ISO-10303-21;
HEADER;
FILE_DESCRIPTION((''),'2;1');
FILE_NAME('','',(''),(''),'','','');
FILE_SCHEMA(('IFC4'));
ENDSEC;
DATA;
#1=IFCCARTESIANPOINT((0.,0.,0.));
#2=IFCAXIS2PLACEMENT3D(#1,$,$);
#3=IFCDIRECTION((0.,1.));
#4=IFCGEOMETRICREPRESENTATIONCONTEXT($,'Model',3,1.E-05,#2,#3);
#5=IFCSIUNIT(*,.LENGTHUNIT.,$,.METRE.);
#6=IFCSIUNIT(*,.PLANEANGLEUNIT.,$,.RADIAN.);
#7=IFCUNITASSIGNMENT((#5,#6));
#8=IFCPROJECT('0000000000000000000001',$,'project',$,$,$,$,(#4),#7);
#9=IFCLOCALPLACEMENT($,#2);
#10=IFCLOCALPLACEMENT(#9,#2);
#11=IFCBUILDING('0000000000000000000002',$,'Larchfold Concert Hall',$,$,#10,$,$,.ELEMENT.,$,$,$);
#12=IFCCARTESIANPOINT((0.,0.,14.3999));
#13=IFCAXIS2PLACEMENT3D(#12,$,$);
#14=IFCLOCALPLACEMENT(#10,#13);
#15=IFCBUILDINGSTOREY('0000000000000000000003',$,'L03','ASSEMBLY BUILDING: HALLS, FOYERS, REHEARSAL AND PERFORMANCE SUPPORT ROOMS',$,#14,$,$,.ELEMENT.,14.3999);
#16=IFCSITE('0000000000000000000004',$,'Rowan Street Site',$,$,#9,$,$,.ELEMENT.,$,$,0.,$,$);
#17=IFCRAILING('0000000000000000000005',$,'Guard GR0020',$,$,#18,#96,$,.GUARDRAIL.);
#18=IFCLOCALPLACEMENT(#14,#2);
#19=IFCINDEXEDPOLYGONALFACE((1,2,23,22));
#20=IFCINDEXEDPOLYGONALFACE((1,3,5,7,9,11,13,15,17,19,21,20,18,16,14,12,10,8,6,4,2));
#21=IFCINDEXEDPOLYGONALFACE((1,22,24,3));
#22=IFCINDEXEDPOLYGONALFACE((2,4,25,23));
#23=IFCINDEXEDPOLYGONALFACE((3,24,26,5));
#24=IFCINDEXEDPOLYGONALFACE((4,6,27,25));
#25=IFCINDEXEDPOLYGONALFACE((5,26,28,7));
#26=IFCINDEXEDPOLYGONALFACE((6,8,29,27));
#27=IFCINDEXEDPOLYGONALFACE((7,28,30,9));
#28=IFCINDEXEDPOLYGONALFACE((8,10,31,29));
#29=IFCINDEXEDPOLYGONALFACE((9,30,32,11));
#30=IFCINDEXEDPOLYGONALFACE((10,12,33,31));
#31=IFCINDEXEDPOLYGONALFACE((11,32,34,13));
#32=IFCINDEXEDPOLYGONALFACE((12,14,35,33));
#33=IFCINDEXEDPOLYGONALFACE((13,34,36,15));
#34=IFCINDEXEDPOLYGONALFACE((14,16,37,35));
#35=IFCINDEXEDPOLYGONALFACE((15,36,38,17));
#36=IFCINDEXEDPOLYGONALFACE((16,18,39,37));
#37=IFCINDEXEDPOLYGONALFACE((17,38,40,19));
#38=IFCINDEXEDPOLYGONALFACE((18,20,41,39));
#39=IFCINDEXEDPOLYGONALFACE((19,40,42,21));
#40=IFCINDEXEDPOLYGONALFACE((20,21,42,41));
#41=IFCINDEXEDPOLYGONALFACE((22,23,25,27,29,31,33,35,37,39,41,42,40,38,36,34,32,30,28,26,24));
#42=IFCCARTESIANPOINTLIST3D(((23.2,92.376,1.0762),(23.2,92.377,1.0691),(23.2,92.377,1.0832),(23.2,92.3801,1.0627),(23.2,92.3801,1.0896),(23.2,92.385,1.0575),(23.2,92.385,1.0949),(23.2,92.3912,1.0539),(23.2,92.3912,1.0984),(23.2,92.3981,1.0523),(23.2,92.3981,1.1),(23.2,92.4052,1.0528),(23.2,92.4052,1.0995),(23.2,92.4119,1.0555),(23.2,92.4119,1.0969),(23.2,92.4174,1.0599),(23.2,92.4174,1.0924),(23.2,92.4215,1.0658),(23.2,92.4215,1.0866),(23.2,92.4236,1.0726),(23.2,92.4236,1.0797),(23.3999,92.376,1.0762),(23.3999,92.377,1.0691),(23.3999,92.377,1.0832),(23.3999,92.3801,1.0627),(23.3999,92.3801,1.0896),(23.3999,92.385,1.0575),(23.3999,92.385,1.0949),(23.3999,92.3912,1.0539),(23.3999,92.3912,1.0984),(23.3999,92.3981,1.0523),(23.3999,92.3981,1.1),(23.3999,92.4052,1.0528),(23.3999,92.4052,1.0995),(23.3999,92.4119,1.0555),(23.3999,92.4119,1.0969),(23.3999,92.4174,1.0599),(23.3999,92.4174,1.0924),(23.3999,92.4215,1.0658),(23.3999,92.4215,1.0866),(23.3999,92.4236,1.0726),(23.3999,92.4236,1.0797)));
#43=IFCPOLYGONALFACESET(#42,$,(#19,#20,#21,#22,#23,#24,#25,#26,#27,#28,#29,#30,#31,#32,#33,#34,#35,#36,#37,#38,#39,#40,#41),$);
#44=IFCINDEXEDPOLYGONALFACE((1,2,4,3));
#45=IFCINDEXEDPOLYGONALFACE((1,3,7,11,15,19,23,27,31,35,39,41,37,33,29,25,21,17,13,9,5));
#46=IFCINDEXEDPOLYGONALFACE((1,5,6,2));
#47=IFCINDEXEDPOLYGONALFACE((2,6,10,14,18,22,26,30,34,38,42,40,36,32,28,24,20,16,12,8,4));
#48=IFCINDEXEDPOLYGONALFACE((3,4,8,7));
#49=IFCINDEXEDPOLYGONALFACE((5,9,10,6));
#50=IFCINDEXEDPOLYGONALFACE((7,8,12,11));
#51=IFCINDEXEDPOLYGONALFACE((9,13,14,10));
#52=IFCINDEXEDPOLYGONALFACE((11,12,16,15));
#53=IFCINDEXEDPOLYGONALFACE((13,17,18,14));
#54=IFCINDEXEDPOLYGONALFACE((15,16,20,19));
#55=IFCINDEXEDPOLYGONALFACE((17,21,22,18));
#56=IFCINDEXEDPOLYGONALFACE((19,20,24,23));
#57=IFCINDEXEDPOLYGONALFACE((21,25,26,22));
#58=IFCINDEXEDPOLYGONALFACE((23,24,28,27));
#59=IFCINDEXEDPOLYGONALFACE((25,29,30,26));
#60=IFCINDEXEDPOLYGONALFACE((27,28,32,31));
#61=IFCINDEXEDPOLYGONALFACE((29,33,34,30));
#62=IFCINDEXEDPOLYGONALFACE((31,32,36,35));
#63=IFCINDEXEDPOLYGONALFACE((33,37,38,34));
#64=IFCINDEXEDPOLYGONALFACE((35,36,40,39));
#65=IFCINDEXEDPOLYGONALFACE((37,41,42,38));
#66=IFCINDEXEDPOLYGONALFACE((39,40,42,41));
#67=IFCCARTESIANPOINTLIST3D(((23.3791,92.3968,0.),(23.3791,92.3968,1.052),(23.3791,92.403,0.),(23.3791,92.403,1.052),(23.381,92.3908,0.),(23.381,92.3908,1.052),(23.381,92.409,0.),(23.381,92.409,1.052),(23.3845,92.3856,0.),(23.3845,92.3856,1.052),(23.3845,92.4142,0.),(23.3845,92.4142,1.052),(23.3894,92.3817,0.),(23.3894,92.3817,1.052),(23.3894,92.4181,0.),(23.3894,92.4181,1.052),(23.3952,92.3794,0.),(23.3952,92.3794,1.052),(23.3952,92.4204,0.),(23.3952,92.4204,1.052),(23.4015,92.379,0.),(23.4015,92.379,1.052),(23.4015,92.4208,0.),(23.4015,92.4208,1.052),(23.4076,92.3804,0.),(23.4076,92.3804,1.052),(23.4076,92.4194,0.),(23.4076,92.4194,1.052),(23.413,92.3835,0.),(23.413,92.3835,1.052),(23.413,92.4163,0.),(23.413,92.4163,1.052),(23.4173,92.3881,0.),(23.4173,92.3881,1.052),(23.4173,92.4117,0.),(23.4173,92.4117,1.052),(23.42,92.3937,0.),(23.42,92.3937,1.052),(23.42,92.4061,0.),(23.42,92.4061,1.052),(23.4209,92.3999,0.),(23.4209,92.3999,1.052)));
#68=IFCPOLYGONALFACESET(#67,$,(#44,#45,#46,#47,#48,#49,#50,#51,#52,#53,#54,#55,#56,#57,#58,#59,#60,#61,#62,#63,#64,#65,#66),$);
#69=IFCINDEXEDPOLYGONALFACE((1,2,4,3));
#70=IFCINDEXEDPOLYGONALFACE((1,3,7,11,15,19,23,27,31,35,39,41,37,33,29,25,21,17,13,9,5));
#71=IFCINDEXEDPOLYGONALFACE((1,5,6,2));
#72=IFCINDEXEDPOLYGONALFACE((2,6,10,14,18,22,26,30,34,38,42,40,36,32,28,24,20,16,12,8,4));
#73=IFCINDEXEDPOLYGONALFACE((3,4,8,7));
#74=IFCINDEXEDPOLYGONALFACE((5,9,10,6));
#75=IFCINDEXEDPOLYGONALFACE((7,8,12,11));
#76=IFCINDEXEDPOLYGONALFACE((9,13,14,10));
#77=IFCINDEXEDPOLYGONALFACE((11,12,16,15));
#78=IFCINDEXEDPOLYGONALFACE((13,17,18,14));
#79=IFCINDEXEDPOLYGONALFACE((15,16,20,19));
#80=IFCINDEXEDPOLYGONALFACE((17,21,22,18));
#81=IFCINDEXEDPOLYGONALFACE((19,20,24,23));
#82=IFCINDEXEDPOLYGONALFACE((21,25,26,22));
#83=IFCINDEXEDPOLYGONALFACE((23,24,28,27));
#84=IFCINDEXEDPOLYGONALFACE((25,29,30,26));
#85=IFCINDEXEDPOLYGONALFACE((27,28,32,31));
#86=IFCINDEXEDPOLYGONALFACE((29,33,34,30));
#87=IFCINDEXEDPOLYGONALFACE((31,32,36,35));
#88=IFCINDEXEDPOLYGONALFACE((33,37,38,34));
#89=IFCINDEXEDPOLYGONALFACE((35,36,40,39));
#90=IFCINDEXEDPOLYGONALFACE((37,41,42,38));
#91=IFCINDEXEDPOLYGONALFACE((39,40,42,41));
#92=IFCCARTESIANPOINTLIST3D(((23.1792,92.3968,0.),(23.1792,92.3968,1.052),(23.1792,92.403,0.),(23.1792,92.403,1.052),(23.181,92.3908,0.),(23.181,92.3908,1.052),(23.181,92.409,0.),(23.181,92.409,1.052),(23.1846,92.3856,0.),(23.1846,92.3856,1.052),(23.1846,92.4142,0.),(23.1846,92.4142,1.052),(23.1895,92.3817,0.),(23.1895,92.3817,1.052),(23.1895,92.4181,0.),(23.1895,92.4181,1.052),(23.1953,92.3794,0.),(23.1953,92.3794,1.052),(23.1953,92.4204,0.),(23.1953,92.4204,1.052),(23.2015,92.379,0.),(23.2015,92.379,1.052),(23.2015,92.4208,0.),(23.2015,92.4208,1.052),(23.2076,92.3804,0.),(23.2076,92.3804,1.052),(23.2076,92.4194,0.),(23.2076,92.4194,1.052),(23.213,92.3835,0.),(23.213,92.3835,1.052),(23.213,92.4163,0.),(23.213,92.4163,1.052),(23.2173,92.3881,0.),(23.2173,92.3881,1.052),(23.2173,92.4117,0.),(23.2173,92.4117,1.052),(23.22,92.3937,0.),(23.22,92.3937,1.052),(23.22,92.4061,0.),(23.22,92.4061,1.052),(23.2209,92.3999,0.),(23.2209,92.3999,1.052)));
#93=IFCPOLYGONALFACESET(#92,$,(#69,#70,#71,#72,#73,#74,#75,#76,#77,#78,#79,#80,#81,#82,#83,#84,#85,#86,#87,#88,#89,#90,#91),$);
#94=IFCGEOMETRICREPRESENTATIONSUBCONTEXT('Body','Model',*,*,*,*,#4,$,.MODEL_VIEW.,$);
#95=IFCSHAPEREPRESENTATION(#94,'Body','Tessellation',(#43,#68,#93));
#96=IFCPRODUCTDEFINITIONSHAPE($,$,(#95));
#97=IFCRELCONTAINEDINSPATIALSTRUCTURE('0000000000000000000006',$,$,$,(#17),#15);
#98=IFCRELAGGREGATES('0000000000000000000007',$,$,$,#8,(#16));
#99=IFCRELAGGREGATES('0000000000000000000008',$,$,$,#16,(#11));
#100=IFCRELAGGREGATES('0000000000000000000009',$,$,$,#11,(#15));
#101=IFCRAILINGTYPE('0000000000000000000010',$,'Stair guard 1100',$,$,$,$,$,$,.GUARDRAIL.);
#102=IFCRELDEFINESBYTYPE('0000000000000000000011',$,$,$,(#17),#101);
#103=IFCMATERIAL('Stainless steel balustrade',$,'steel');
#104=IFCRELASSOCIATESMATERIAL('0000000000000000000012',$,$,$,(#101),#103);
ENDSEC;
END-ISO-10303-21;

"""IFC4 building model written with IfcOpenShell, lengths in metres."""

from ifc_helpers import new_model, si_unit, direction, frame, origin, origin_2d, place, context, subcontext, project, spatial, circle, extrude, material, type_object, element, save


model = new_model("IFC4")

# Units and contexts
model_context = context("Model", 3, precision=1e-05, world=origin(), true_north=direction((0.0, 1.0)))
body_context = subcontext(model_context, "Body", "Model", "MODEL_VIEW")
ifc_project = project(units=[si_unit("LENGTHUNIT", "METRE"), si_unit("PLANEANGLEUNIT", "RADIAN")], contexts=[model_context])

# Site, building, storey
site_placement = place(None, origin())
site = spatial("IfcSite", under=ifc_project, at=site_placement, Name="Rowan Street Site", CompositionType="ELEMENT", RefElevation=0.0)
building_placement = place(site_placement, origin())
building = spatial("IfcBuilding", under=site, at=building_placement, Name="Larchfold Concert Hall", CompositionType="ELEMENT")
storey_placement = place(building_placement, frame((0.0, 0.0, 14.3999)))
storey = spatial("IfcBuildingStorey", under=building, at=storey_placement, Name="L03", Description="ASSEMBLY BUILDING: HALLS, FOYERS, REHEARSAL AND PERFORMANCE SUPPORT ROOMS", CompositionType="ELEMENT", Elevation=14.3999)

# Railing
ifc_material_1 = material(Name="Stainless steel balustrade", Category="steel")
railing_type_1 = type_object("IfcRailingType", Name="Stair guard 1100", PredefinedType="GUARDRAIL", material=ifc_material_1)
railing_1_placement = place(storey_placement, frame((23.3999, 92.3999, 0.0)))
element("IfcRailing", 1, at=railing_1_placement, inside=storey, type_object=railing_type_1, Name="Guard GR0020", PredefinedType="GUARDRAIL", context=body_context, shape_type="SweptSolid", body=[
    extrude(circle(Radius=0.0239, at=origin_2d()), frame((0.0, 0.0, 1.0762), z_axis=(-1.0, 0.0, 0.0), x_axis=(0.0, -1.0, 0.0)), (0.0, 0.0, 1.0), 0.2),
    extrude(circle(Radius=0.021, at=origin_2d()), origin(), (0.0, 0.0, 1.0), 1.052),
    extrude(circle(Radius=0.021, at=origin_2d()), frame((-0.2, 0.0, 0.0)), (0.0, 0.0, 1.0), 1.052),
])

save(model, "model.ifc")
